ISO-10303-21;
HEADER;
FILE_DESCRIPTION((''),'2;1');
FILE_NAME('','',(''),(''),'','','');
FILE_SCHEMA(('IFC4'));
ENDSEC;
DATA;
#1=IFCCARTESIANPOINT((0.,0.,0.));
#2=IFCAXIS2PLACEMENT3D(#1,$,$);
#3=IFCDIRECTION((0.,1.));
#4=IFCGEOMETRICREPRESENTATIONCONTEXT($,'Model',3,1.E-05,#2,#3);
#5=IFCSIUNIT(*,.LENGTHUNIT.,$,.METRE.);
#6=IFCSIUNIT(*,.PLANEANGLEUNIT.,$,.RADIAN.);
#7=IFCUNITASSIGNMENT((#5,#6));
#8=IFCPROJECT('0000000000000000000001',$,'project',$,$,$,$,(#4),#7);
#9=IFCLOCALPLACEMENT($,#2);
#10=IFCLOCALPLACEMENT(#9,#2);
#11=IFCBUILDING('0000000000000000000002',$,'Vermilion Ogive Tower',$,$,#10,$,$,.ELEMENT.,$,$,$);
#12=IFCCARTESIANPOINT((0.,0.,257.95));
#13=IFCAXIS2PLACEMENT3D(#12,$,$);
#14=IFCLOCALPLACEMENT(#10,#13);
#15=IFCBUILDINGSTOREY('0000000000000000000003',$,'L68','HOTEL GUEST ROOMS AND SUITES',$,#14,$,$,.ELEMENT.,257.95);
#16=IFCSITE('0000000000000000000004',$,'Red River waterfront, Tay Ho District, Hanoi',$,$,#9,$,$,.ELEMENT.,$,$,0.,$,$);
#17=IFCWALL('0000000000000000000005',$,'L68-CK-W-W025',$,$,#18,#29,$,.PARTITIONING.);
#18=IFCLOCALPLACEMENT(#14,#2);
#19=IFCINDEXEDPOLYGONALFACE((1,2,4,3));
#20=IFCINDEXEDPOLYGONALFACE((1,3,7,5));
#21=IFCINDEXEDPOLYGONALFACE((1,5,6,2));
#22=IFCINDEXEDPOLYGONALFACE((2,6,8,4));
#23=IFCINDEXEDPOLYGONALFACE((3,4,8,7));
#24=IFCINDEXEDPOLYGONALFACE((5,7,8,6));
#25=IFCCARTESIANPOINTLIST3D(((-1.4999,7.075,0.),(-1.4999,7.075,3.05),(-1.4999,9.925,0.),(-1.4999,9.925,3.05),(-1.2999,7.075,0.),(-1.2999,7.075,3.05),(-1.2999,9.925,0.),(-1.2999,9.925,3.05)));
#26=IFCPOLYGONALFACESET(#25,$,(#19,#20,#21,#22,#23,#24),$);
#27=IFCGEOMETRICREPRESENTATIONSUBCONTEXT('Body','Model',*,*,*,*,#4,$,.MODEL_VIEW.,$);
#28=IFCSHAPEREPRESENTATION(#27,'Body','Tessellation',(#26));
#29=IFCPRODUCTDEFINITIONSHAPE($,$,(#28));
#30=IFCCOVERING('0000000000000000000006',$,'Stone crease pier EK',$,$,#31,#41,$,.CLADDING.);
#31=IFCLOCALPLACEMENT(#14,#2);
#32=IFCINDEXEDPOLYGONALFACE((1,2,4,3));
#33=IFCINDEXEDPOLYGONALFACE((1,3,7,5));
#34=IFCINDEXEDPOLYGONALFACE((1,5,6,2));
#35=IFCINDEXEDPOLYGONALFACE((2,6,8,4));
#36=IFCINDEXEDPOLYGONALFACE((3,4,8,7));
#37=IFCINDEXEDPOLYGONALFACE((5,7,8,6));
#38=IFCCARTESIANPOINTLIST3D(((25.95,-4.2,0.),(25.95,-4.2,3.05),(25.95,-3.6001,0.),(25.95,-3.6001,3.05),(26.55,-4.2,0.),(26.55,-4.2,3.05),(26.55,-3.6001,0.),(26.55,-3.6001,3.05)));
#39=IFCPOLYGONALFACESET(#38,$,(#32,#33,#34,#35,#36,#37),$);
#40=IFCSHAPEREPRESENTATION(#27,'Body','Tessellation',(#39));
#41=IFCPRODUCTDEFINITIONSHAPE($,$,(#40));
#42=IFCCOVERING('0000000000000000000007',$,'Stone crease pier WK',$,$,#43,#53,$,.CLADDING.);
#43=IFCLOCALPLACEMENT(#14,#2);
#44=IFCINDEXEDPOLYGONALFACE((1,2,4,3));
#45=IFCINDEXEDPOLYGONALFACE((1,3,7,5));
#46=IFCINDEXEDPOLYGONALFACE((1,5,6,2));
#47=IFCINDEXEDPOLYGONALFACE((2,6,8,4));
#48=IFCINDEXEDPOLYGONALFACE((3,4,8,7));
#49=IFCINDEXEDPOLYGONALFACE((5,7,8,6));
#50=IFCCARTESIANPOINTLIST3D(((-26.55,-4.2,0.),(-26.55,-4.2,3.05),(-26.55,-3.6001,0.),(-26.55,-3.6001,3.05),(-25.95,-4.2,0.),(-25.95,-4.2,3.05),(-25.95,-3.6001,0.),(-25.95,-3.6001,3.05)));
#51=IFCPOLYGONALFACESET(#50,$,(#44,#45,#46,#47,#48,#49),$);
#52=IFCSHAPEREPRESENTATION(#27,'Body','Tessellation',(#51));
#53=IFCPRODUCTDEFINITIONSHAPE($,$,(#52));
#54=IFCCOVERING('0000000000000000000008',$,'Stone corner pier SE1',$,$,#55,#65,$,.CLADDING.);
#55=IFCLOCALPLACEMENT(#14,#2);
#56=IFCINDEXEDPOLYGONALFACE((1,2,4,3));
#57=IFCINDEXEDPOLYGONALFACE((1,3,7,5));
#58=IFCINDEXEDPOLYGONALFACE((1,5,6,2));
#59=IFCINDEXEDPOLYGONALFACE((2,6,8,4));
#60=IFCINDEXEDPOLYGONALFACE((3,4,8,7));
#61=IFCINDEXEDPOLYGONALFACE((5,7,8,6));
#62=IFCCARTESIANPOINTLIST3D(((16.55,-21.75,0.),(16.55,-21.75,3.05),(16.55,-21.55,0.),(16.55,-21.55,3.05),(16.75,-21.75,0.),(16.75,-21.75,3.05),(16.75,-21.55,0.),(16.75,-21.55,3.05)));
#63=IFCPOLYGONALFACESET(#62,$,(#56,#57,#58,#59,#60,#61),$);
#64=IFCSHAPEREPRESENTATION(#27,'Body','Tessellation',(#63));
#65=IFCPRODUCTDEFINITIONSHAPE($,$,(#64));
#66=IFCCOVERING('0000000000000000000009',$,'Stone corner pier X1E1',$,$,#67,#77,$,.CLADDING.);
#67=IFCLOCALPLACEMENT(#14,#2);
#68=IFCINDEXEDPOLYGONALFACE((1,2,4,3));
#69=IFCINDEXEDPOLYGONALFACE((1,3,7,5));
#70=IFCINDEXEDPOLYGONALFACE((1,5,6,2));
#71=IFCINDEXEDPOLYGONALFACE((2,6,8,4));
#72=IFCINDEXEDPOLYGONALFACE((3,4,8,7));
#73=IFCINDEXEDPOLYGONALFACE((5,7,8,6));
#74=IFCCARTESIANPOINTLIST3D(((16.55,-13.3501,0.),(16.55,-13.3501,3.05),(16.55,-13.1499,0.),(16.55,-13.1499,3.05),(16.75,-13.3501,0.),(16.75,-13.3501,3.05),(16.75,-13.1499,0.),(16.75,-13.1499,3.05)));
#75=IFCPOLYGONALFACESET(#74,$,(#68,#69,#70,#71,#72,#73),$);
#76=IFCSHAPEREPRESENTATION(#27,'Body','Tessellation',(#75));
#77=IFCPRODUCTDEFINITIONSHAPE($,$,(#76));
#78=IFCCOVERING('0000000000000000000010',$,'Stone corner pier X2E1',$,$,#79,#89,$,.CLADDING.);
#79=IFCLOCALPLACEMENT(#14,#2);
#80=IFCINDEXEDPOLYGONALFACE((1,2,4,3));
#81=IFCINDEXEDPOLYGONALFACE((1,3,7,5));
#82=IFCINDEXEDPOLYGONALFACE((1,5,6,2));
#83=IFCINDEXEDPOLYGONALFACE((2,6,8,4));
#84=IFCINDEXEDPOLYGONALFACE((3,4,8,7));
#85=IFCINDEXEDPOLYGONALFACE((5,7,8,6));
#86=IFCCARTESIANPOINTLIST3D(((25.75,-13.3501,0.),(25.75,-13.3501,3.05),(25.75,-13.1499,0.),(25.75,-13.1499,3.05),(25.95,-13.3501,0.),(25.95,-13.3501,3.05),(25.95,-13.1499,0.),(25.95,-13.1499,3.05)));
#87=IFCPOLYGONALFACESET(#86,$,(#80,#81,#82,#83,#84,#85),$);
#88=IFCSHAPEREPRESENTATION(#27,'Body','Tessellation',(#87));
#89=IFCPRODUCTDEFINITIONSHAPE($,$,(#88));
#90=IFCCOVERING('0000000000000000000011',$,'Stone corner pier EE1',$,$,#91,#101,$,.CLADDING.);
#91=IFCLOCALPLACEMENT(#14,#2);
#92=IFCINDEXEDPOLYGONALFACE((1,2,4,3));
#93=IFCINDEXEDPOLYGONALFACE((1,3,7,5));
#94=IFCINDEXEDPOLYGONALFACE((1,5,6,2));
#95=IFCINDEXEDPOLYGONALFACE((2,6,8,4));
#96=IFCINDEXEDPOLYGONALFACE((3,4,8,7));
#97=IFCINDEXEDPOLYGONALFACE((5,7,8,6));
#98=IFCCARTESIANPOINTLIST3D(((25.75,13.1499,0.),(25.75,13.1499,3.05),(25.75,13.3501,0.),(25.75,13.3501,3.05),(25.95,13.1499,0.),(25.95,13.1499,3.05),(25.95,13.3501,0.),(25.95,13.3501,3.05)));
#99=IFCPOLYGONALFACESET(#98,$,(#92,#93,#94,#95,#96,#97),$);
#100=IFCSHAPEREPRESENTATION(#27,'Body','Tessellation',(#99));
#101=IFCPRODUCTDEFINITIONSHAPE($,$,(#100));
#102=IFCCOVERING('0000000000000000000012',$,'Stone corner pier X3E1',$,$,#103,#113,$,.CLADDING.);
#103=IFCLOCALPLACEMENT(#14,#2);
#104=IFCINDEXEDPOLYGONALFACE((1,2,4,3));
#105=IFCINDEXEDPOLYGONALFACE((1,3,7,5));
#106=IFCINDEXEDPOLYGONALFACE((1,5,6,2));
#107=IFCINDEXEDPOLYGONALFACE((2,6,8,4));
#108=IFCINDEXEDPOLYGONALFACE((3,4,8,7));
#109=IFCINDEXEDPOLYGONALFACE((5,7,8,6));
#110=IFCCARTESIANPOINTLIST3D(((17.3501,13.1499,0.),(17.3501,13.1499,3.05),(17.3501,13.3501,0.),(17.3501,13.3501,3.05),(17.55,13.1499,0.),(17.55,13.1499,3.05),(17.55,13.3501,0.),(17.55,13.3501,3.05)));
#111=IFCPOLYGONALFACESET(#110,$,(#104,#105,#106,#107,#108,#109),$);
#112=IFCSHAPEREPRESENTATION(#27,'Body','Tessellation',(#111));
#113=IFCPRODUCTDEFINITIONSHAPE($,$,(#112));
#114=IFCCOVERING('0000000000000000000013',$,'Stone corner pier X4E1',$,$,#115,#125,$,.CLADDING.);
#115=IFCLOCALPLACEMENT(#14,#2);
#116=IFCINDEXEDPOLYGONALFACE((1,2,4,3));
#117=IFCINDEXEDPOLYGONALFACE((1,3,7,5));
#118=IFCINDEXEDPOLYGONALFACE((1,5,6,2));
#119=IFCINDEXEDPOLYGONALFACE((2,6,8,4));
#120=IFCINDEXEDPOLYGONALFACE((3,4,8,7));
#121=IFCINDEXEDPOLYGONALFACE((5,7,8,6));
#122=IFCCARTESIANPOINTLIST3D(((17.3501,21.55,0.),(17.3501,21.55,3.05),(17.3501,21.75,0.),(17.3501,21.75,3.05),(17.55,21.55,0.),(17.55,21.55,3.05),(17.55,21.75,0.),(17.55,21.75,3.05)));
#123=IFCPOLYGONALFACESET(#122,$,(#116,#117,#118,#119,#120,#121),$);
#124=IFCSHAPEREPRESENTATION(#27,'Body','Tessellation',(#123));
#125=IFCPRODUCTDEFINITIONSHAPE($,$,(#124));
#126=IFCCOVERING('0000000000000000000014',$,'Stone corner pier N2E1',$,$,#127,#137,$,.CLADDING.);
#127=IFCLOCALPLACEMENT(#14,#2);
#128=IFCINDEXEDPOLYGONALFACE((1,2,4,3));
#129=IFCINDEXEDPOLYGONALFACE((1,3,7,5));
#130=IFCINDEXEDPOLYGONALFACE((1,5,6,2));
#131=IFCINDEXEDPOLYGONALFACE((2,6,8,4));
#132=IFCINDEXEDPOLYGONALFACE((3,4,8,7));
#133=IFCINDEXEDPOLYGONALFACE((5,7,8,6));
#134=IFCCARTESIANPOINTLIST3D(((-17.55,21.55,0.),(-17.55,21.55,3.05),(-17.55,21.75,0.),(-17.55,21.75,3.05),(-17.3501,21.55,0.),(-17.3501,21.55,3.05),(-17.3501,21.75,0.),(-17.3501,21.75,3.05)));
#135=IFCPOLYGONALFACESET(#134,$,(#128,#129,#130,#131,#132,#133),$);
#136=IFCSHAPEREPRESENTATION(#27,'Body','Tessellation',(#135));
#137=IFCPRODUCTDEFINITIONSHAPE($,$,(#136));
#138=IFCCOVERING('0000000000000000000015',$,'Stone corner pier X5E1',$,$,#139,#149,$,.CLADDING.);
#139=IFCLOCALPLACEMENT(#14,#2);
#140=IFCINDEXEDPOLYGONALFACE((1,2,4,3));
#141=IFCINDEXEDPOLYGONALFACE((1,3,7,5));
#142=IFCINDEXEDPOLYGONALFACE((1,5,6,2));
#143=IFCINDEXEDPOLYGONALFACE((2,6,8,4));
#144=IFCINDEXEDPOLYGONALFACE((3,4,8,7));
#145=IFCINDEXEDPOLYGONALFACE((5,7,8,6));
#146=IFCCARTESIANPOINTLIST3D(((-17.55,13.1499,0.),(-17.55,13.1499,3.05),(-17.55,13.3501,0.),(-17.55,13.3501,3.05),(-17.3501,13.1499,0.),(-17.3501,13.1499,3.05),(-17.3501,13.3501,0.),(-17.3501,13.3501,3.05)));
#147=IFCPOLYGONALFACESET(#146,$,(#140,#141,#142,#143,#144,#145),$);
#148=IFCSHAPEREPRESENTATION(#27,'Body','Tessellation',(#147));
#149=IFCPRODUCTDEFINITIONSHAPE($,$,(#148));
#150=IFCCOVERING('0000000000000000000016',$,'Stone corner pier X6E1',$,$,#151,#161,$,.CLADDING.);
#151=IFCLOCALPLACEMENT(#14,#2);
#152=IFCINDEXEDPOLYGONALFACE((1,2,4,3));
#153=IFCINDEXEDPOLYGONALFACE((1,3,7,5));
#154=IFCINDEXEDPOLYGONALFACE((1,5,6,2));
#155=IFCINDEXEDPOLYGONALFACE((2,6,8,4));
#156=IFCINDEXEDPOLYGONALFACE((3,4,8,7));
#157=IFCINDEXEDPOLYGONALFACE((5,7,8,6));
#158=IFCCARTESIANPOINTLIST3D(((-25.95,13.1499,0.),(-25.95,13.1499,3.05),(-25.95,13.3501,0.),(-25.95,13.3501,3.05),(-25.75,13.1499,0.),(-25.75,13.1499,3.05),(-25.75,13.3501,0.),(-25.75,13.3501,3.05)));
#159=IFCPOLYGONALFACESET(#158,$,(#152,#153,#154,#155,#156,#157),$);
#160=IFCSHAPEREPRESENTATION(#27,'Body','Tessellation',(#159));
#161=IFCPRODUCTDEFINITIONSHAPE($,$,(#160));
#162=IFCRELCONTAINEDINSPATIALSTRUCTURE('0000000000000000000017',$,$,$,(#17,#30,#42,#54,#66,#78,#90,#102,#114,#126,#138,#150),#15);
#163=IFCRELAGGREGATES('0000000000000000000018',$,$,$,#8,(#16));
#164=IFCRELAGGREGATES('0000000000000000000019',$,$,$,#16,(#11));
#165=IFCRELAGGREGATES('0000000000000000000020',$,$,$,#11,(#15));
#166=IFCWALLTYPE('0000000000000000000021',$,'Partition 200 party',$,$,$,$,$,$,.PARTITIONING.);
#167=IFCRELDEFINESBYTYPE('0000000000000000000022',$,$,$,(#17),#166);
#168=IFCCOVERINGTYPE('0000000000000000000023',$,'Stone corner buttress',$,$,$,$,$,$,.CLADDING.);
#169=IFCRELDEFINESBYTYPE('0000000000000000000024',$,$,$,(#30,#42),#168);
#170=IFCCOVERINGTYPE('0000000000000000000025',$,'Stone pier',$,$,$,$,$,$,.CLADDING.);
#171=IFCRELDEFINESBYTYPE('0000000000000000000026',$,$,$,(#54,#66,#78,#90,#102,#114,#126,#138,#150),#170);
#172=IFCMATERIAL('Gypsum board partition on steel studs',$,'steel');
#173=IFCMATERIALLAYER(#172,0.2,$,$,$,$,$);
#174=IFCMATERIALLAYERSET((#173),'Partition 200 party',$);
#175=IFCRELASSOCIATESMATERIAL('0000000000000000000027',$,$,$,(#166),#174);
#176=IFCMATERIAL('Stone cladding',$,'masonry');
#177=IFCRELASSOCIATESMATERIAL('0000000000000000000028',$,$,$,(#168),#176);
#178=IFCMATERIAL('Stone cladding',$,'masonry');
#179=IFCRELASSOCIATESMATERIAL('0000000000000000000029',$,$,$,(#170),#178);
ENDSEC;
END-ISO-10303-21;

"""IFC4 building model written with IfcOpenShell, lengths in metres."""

from ifc_helpers import new_model, si_unit, direction, frame, frame_2d, origin, place, context, subcontext, project, spatial, polyline, rectangle, outline, extrude, material, layer, layer_set, type_object, element, save


model = new_model("IFC4")

# Units and contexts
model_context = context("Model", 3, precision=1e-05, world=origin(), true_north=direction((0.0, 1.0)))
body_context = subcontext(model_context, "Body", "Model", "MODEL_VIEW")
ifc_project = project(units=[si_unit("LENGTHUNIT", "METRE"), si_unit("PLANEANGLEUNIT", "RADIAN")], contexts=[model_context])

# Site, building, storey
site_placement = place(None, origin())
site = spatial("IfcSite", under=ifc_project, at=site_placement, Name="Red River waterfront, Tay Ho District, Hanoi", CompositionType="ELEMENT", RefElevation=0.0)
building_placement = place(site_placement, origin())
building = spatial("IfcBuilding", under=site, at=building_placement, Name="Vermilion Ogive Tower", CompositionType="ELEMENT")
storey_placement = place(building_placement, frame((0.0, 0.0, 257.95)))
storey = spatial("IfcBuildingStorey", under=building, at=storey_placement, Name="L68", Description="HOTEL GUEST ROOMS AND SUITES", CompositionType="ELEMENT", Elevation=257.95)

# Shared definitions
ifc_material_1 = material(Name="Gypsum board partition on steel studs", Category="steel")
ifc_layer_1 = layer(ifc_material_1, 0.2)
ifc_layer_set_1 = layer_set([ifc_layer_1], Name="Partition 200 party")
wall_type_1 = type_object("IfcWallType", Name="Partition 200 party", PredefinedType="PARTITIONING", material=ifc_layer_set_1)

# Wall
for number, where, z_axis, x_axis, name in (
    (1, (-1.3999, 7.075, 0.0), (0.0, 0.0, 1.0), (0.0, 1.0, 0.0), "L68-CK-W-W025"),
):
    element("IfcWall", number, at=place(storey_placement, frame(where, z_axis=z_axis, x_axis=x_axis)), inside=storey, type_object=wall_type_1, Name=name, PredefinedType="PARTITIONING", context=body_context, shape_type="SweptSolid", body=[
        extrude(rectangle(XDim=2.8501, YDim=0.2, at=frame_2d((1.425, 0.0))), origin(), (0.0, 0.0, 1.0), 3.05),
    ])

# Coverings
ifc_material_2 = material(Name="Stone cladding", Category="masonry")
covering_type_1 = type_object("IfcCoveringType", Name="Stone corner buttress", PredefinedType="CLADDING", material=ifc_material_2)
covering_1_placement = place(storey_placement, origin())
element("IfcCovering", 2, at=covering_1_placement, inside=storey, type_object=covering_type_1, Name="Stone crease pier EK", PredefinedType="CLADDING", context=body_context, shape_type="SweptSolid", body=[
    extrude(outline(polyline([(26.55, -4.2), (26.55, -3.6001), (25.95, -3.6001), (25.95, -4.2), (26.55, -4.2)])), origin(), (0.0, 0.0, 1.0), 3.05),
])
covering_2_placement = place(storey_placement, origin())
element("IfcCovering", 3, at=covering_2_placement, inside=storey, type_object=covering_type_1, Name="Stone crease pier WK", PredefinedType="CLADDING", context=body_context, shape_type="SweptSolid", body=[
    extrude(outline(polyline([(-26.55, -3.6001), (-26.55, -4.2), (-25.95, -4.2), (-25.95, -3.6001), (-26.55, -3.6001)])), origin(), (0.0, 0.0, 1.0), 3.05),
])
ifc_material_3 = material(Name="Stone cladding", Category="masonry")
covering_type_2 = type_object("IfcCoveringType", Name="Stone pier", PredefinedType="CLADDING", material=ifc_material_3)
covering_3_placement = place(storey_placement, origin())
element("IfcCovering", 4, at=covering_3_placement, inside=storey, type_object=covering_type_2, Name="Stone corner pier SE1", PredefinedType="CLADDING", context=body_context, shape_type="SweptSolid", body=[
    extrude(outline(polyline([(16.55, -21.55), (16.75, -21.55), (16.75, -21.75), (16.55, -21.75), (16.55, -21.55)])), origin(), (0.0, 0.0, 1.0), 3.05),
])
covering_4_placement = place(storey_placement, origin())
element("IfcCovering", 5, at=covering_4_placement, inside=storey, type_object=covering_type_2, Name="Stone corner pier X1E1", PredefinedType="CLADDING", context=body_context, shape_type="SweptSolid", body=[
    extrude(outline(polyline([(16.55, -13.1499), (16.75, -13.1499), (16.75, -13.3501), (16.55, -13.3501), (16.55, -13.1499)])), origin(), (0.0, 0.0, 1.0), 3.05),
])
covering_5_placement = place(storey_placement, origin())
element("IfcCovering", 6, at=covering_5_placement, inside=storey, type_object=covering_type_2, Name="Stone corner pier X2E1", PredefinedType="CLADDING", context=body_context, shape_type="SweptSolid", body=[
    extrude(outline(polyline([(25.75, -13.1499), (25.95, -13.1499), (25.95, -13.3501), (25.75, -13.3501), (25.75, -13.1499)])), origin(), (0.0, 0.0, 1.0), 3.05),
])
covering_6_placement = place(storey_placement, origin())
element("IfcCovering", 7, at=covering_6_placement, inside=storey, type_object=covering_type_2, Name="Stone corner pier EE1", PredefinedType="CLADDING", context=body_context, shape_type="SweptSolid", body=[
    extrude(outline(polyline([(25.75, 13.1499), (25.75, 13.3501), (25.95, 13.3501), (25.95, 13.1499), (25.75, 13.1499)])), origin(), (0.0, 0.0, 1.0), 3.05),
])
covering_7_placement = place(storey_placement, origin())
element("IfcCovering", 8, at=covering_7_placement, inside=storey, type_object=covering_type_2, Name="Stone corner pier X3E1", PredefinedType="CLADDING", context=body_context, shape_type="SweptSolid", body=[
    extrude(outline(polyline([(17.3501, 13.1499), (17.3501, 13.3501), (17.55, 13.3501), (17.55, 13.1499), (17.3501, 13.1499)])), origin(), (0.0, 0.0, 1.0), 3.05),
])
covering_8_placement = place(storey_placement, origin())
element("IfcCovering", 9, at=covering_8_placement, inside=storey, type_object=covering_type_2, Name="Stone corner pier X4E1", PredefinedType="CLADDING", context=body_context, shape_type="SweptSolid", body=[
    extrude(outline(polyline([(17.3501, 21.55), (17.3501, 21.75), (17.55, 21.75), (17.55, 21.55), (17.3501, 21.55)])), origin(), (0.0, 0.0, 1.0), 3.05),
])
covering_9_placement = place(storey_placement, origin())
element("IfcCovering", 10, at=covering_9_placement, inside=storey, type_object=covering_type_2, Name="Stone corner pier N2E1", PredefinedType="CLADDING", context=body_context, shape_type="SweptSolid", body=[
    extrude(outline(polyline([(-17.3501, 21.55), (-17.55, 21.55), (-17.55, 21.75), (-17.3501, 21.75), (-17.3501, 21.55)])), origin(), (0.0, 0.0, 1.0), 3.05),
])
covering_10_placement = place(storey_placement, origin())
element("IfcCovering", 11, at=covering_10_placement, inside=storey, type_object=covering_type_2, Name="Stone corner pier X5E1", PredefinedType="CLADDING", context=body_context, shape_type="SweptSolid", body=[
    extrude(outline(polyline([(-17.3501, 13.1499), (-17.55, 13.1499), (-17.55, 13.3501), (-17.3501, 13.3501), (-17.3501, 13.1499)])), origin(), (0.0, 0.0, 1.0), 3.05),
])
covering_11_placement = place(storey_placement, origin())
element("IfcCovering", 12, at=covering_11_placement, inside=storey, type_object=covering_type_2, Name="Stone corner pier X6E1", PredefinedType="CLADDING", context=body_context, shape_type="SweptSolid", body=[
    extrude(outline(polyline([(-25.75, 13.1499), (-25.95, 13.1499), (-25.95, 13.3501), (-25.75, 13.3501), (-25.75, 13.1499)])), origin(), (0.0, 0.0, 1.0), 3.05),
])

save(model, "model.ifc")
